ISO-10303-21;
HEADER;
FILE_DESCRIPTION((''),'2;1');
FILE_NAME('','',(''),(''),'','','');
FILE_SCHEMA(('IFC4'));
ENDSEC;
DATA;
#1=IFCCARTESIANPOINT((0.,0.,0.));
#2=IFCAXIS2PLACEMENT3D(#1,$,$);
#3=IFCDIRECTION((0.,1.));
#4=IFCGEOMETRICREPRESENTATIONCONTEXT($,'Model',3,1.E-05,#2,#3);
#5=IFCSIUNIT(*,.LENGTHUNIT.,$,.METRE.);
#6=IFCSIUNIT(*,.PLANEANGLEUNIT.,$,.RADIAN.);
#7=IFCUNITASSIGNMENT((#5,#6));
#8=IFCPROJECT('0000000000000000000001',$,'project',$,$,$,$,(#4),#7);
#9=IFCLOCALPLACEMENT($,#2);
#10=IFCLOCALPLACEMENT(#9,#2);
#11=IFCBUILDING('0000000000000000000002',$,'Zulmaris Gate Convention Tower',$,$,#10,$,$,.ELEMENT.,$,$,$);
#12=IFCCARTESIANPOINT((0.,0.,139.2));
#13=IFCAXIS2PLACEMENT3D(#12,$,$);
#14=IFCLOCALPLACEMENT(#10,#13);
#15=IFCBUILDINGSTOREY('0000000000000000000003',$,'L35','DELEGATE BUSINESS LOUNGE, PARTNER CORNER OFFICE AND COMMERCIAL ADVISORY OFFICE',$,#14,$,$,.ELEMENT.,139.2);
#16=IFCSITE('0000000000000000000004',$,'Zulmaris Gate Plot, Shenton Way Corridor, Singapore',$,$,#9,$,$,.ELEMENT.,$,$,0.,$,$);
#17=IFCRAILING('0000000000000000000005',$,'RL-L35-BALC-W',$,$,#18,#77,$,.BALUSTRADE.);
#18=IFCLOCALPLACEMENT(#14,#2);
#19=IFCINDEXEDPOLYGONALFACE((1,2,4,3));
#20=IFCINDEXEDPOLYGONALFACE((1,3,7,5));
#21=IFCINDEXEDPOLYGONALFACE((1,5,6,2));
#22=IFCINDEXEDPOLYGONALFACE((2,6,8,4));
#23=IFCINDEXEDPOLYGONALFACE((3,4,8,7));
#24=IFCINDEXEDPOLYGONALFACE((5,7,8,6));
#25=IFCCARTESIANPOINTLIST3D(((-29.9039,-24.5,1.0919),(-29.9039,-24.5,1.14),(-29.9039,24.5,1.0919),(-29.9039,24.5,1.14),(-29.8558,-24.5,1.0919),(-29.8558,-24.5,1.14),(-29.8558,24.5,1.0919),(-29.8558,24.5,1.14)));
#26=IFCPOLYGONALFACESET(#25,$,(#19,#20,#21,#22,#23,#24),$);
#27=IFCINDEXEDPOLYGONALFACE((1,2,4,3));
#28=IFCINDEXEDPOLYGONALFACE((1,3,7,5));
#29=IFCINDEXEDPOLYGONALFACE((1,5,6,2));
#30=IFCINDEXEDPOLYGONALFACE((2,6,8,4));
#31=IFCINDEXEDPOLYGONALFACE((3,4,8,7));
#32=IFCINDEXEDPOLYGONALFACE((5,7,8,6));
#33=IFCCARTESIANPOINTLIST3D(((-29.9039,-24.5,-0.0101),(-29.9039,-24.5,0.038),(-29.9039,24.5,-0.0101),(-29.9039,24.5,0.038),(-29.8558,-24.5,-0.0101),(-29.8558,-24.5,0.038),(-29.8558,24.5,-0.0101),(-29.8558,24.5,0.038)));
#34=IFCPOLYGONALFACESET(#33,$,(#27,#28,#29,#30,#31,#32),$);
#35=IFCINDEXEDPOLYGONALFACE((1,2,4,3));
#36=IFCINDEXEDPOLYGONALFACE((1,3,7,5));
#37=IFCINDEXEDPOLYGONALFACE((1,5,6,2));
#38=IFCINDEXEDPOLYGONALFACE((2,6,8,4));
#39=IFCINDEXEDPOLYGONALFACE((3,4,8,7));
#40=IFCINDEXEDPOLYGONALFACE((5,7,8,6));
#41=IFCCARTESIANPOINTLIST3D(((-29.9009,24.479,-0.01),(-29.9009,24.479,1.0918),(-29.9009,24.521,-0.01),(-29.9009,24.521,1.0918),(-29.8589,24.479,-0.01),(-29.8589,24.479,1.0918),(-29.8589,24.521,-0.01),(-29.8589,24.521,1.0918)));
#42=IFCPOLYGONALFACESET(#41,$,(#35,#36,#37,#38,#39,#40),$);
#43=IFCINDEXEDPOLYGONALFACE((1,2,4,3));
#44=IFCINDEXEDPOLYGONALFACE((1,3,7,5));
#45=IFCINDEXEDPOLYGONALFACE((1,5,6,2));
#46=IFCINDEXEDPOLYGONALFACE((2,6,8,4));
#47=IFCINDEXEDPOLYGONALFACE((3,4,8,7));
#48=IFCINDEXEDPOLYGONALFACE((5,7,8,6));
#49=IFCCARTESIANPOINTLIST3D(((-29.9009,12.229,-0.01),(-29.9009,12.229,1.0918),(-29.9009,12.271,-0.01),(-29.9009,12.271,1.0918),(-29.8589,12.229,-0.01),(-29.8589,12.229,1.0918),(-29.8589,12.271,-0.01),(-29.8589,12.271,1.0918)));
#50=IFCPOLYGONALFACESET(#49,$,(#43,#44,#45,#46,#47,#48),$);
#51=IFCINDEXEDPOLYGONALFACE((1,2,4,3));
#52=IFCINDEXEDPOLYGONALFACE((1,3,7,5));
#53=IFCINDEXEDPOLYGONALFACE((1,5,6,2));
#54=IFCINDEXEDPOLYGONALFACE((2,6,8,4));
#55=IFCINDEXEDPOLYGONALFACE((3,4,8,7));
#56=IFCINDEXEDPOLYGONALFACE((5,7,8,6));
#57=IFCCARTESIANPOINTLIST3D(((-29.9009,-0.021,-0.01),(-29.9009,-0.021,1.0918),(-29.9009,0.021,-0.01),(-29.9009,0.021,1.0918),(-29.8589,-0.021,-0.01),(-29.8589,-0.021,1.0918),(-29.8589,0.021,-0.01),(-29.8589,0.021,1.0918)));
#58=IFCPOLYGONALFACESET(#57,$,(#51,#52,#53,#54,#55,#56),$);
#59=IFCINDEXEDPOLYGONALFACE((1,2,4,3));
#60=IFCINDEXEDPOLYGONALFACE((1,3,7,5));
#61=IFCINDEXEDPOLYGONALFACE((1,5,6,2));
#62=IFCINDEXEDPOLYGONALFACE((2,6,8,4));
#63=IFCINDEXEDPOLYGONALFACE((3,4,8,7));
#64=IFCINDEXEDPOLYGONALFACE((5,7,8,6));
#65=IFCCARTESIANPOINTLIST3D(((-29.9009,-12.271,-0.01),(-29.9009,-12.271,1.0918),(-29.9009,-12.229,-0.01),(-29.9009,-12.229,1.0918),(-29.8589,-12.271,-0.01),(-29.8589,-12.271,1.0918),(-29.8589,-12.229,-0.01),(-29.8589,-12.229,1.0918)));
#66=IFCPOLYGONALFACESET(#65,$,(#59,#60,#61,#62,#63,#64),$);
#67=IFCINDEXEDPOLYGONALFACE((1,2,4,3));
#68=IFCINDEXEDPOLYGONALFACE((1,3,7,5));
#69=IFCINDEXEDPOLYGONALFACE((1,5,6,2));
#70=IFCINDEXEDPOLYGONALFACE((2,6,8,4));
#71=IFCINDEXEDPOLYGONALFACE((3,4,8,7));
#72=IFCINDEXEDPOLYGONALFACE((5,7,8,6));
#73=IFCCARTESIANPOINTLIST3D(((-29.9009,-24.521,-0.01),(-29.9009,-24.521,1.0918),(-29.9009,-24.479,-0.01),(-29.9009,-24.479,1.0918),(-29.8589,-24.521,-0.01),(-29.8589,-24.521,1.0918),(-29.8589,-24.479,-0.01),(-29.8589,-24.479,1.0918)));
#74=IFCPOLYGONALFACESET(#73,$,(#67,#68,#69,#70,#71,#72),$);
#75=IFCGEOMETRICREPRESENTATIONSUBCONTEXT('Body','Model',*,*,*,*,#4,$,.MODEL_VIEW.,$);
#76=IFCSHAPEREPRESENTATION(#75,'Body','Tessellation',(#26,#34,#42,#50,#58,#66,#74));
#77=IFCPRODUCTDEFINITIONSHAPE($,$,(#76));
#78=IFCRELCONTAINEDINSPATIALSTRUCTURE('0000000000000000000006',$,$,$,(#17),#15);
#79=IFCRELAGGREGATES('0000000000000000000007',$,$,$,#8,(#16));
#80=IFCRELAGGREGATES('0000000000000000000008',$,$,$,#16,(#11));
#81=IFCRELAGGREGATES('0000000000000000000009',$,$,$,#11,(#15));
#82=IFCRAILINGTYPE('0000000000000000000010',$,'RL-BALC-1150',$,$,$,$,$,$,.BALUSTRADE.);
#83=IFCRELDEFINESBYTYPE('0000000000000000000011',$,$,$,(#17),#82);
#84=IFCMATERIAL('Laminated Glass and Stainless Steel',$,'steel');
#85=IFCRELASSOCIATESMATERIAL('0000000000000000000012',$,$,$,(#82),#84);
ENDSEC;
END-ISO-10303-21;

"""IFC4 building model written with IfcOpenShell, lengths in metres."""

from ifc_helpers import new_model, si_unit, direction, frame, origin, origin_2d, place, context, subcontext, project, spatial, rectangle, extrude, material, type_object, element, save


model = new_model("IFC4")

# Units and contexts
model_context = context("Model", 3, precision=1e-05, world=origin(), true_north=direction((0.0, 1.0)))
body_context = subcontext(model_context, "Body", "Model", "MODEL_VIEW")
ifc_project = project(units=[si_unit("LENGTHUNIT", "METRE"), si_unit("PLANEANGLEUNIT", "RADIAN")], contexts=[model_context])

# Site, building, storey
site_placement = place(None, origin())
site = spatial("IfcSite", under=ifc_project, at=site_placement, Name="Zulmaris Gate Plot, Shenton Way Corridor, Singapore", CompositionType="ELEMENT", RefElevation=0.0)
building_placement = place(site_placement, origin())
building = spatial("IfcBuilding", under=site, at=building_placement, Name="Zulmaris Gate Convention Tower", CompositionType="ELEMENT")
storey_placement = place(building_placement, frame((0.0, 0.0, 139.2)))
storey = spatial("IfcBuildingStorey", under=building, at=storey_placement, Name="L35", Description="DELEGATE BUSINESS LOUNGE, PARTNER CORNER OFFICE AND COMMERCIAL ADVISORY OFFICE", CompositionType="ELEMENT", Elevation=139.2)

# Railing
ifc_material_1 = material(Name="Laminated Glass and Stainless Steel", Category="steel")
railing_type = type_object("IfcRailingType", Name="RL-BALC-1150", PredefinedType="BALUSTRADE", material=ifc_material_1)
railing_placement = place(storey_placement, frame((-29.8799, 24.5, -0.01)))
element("IfcRailing", 1, at=railing_placement, inside=storey, type_object=railing_type, Name="RL-L35-BALC-W", PredefinedType="BALUSTRADE", context=body_context, shape_type="SweptSolid", body=[
    extrude(rectangle(XDim=0.0481, YDim=0.0481, at=origin_2d()), frame((0.0, 0.0, 1.126), z_axis=(0.0, -1.0, 0.0), x_axis=(1.0, 0.0, 0.0)), (0.0, 0.0, 1.0), 49.0),
    extrude(rectangle(XDim=0.0481, YDim=0.0481, at=origin_2d()), frame((0.0, 0.0, 0.0239), z_axis=(0.0, -1.0, 0.0), x_axis=(1.0, 0.0, 0.0)), (0.0, 0.0, 1.0), 49.0),
    extrude(rectangle(XDim=0.042, YDim=0.042, at=origin_2d()), origin(), (0.0, 0.0, 1.0), 1.1018),
    extrude(rectangle(XDim=0.042, YDim=0.042, at=origin_2d()), frame((0.0, -12.25, 0.0)), (0.0, 0.0, 1.0), 1.1018),
    extrude(rectangle(XDim=0.042, YDim=0.042, at=origin_2d()), frame((0.0, -24.5, 0.0)), (0.0, 0.0, 1.0), 1.1018),
    extrude(rectangle(XDim=0.042, YDim=0.042, at=origin_2d()), frame((0.0, -36.75, 0.0)), (0.0, 0.0, 1.0), 1.1018),
    extrude(rectangle(XDim=0.042, YDim=0.042, at=origin_2d()), frame((0.0, -49.0, 0.0)), (0.0, 0.0, 1.0), 1.1018),
])

save(model, "model.ifc")
